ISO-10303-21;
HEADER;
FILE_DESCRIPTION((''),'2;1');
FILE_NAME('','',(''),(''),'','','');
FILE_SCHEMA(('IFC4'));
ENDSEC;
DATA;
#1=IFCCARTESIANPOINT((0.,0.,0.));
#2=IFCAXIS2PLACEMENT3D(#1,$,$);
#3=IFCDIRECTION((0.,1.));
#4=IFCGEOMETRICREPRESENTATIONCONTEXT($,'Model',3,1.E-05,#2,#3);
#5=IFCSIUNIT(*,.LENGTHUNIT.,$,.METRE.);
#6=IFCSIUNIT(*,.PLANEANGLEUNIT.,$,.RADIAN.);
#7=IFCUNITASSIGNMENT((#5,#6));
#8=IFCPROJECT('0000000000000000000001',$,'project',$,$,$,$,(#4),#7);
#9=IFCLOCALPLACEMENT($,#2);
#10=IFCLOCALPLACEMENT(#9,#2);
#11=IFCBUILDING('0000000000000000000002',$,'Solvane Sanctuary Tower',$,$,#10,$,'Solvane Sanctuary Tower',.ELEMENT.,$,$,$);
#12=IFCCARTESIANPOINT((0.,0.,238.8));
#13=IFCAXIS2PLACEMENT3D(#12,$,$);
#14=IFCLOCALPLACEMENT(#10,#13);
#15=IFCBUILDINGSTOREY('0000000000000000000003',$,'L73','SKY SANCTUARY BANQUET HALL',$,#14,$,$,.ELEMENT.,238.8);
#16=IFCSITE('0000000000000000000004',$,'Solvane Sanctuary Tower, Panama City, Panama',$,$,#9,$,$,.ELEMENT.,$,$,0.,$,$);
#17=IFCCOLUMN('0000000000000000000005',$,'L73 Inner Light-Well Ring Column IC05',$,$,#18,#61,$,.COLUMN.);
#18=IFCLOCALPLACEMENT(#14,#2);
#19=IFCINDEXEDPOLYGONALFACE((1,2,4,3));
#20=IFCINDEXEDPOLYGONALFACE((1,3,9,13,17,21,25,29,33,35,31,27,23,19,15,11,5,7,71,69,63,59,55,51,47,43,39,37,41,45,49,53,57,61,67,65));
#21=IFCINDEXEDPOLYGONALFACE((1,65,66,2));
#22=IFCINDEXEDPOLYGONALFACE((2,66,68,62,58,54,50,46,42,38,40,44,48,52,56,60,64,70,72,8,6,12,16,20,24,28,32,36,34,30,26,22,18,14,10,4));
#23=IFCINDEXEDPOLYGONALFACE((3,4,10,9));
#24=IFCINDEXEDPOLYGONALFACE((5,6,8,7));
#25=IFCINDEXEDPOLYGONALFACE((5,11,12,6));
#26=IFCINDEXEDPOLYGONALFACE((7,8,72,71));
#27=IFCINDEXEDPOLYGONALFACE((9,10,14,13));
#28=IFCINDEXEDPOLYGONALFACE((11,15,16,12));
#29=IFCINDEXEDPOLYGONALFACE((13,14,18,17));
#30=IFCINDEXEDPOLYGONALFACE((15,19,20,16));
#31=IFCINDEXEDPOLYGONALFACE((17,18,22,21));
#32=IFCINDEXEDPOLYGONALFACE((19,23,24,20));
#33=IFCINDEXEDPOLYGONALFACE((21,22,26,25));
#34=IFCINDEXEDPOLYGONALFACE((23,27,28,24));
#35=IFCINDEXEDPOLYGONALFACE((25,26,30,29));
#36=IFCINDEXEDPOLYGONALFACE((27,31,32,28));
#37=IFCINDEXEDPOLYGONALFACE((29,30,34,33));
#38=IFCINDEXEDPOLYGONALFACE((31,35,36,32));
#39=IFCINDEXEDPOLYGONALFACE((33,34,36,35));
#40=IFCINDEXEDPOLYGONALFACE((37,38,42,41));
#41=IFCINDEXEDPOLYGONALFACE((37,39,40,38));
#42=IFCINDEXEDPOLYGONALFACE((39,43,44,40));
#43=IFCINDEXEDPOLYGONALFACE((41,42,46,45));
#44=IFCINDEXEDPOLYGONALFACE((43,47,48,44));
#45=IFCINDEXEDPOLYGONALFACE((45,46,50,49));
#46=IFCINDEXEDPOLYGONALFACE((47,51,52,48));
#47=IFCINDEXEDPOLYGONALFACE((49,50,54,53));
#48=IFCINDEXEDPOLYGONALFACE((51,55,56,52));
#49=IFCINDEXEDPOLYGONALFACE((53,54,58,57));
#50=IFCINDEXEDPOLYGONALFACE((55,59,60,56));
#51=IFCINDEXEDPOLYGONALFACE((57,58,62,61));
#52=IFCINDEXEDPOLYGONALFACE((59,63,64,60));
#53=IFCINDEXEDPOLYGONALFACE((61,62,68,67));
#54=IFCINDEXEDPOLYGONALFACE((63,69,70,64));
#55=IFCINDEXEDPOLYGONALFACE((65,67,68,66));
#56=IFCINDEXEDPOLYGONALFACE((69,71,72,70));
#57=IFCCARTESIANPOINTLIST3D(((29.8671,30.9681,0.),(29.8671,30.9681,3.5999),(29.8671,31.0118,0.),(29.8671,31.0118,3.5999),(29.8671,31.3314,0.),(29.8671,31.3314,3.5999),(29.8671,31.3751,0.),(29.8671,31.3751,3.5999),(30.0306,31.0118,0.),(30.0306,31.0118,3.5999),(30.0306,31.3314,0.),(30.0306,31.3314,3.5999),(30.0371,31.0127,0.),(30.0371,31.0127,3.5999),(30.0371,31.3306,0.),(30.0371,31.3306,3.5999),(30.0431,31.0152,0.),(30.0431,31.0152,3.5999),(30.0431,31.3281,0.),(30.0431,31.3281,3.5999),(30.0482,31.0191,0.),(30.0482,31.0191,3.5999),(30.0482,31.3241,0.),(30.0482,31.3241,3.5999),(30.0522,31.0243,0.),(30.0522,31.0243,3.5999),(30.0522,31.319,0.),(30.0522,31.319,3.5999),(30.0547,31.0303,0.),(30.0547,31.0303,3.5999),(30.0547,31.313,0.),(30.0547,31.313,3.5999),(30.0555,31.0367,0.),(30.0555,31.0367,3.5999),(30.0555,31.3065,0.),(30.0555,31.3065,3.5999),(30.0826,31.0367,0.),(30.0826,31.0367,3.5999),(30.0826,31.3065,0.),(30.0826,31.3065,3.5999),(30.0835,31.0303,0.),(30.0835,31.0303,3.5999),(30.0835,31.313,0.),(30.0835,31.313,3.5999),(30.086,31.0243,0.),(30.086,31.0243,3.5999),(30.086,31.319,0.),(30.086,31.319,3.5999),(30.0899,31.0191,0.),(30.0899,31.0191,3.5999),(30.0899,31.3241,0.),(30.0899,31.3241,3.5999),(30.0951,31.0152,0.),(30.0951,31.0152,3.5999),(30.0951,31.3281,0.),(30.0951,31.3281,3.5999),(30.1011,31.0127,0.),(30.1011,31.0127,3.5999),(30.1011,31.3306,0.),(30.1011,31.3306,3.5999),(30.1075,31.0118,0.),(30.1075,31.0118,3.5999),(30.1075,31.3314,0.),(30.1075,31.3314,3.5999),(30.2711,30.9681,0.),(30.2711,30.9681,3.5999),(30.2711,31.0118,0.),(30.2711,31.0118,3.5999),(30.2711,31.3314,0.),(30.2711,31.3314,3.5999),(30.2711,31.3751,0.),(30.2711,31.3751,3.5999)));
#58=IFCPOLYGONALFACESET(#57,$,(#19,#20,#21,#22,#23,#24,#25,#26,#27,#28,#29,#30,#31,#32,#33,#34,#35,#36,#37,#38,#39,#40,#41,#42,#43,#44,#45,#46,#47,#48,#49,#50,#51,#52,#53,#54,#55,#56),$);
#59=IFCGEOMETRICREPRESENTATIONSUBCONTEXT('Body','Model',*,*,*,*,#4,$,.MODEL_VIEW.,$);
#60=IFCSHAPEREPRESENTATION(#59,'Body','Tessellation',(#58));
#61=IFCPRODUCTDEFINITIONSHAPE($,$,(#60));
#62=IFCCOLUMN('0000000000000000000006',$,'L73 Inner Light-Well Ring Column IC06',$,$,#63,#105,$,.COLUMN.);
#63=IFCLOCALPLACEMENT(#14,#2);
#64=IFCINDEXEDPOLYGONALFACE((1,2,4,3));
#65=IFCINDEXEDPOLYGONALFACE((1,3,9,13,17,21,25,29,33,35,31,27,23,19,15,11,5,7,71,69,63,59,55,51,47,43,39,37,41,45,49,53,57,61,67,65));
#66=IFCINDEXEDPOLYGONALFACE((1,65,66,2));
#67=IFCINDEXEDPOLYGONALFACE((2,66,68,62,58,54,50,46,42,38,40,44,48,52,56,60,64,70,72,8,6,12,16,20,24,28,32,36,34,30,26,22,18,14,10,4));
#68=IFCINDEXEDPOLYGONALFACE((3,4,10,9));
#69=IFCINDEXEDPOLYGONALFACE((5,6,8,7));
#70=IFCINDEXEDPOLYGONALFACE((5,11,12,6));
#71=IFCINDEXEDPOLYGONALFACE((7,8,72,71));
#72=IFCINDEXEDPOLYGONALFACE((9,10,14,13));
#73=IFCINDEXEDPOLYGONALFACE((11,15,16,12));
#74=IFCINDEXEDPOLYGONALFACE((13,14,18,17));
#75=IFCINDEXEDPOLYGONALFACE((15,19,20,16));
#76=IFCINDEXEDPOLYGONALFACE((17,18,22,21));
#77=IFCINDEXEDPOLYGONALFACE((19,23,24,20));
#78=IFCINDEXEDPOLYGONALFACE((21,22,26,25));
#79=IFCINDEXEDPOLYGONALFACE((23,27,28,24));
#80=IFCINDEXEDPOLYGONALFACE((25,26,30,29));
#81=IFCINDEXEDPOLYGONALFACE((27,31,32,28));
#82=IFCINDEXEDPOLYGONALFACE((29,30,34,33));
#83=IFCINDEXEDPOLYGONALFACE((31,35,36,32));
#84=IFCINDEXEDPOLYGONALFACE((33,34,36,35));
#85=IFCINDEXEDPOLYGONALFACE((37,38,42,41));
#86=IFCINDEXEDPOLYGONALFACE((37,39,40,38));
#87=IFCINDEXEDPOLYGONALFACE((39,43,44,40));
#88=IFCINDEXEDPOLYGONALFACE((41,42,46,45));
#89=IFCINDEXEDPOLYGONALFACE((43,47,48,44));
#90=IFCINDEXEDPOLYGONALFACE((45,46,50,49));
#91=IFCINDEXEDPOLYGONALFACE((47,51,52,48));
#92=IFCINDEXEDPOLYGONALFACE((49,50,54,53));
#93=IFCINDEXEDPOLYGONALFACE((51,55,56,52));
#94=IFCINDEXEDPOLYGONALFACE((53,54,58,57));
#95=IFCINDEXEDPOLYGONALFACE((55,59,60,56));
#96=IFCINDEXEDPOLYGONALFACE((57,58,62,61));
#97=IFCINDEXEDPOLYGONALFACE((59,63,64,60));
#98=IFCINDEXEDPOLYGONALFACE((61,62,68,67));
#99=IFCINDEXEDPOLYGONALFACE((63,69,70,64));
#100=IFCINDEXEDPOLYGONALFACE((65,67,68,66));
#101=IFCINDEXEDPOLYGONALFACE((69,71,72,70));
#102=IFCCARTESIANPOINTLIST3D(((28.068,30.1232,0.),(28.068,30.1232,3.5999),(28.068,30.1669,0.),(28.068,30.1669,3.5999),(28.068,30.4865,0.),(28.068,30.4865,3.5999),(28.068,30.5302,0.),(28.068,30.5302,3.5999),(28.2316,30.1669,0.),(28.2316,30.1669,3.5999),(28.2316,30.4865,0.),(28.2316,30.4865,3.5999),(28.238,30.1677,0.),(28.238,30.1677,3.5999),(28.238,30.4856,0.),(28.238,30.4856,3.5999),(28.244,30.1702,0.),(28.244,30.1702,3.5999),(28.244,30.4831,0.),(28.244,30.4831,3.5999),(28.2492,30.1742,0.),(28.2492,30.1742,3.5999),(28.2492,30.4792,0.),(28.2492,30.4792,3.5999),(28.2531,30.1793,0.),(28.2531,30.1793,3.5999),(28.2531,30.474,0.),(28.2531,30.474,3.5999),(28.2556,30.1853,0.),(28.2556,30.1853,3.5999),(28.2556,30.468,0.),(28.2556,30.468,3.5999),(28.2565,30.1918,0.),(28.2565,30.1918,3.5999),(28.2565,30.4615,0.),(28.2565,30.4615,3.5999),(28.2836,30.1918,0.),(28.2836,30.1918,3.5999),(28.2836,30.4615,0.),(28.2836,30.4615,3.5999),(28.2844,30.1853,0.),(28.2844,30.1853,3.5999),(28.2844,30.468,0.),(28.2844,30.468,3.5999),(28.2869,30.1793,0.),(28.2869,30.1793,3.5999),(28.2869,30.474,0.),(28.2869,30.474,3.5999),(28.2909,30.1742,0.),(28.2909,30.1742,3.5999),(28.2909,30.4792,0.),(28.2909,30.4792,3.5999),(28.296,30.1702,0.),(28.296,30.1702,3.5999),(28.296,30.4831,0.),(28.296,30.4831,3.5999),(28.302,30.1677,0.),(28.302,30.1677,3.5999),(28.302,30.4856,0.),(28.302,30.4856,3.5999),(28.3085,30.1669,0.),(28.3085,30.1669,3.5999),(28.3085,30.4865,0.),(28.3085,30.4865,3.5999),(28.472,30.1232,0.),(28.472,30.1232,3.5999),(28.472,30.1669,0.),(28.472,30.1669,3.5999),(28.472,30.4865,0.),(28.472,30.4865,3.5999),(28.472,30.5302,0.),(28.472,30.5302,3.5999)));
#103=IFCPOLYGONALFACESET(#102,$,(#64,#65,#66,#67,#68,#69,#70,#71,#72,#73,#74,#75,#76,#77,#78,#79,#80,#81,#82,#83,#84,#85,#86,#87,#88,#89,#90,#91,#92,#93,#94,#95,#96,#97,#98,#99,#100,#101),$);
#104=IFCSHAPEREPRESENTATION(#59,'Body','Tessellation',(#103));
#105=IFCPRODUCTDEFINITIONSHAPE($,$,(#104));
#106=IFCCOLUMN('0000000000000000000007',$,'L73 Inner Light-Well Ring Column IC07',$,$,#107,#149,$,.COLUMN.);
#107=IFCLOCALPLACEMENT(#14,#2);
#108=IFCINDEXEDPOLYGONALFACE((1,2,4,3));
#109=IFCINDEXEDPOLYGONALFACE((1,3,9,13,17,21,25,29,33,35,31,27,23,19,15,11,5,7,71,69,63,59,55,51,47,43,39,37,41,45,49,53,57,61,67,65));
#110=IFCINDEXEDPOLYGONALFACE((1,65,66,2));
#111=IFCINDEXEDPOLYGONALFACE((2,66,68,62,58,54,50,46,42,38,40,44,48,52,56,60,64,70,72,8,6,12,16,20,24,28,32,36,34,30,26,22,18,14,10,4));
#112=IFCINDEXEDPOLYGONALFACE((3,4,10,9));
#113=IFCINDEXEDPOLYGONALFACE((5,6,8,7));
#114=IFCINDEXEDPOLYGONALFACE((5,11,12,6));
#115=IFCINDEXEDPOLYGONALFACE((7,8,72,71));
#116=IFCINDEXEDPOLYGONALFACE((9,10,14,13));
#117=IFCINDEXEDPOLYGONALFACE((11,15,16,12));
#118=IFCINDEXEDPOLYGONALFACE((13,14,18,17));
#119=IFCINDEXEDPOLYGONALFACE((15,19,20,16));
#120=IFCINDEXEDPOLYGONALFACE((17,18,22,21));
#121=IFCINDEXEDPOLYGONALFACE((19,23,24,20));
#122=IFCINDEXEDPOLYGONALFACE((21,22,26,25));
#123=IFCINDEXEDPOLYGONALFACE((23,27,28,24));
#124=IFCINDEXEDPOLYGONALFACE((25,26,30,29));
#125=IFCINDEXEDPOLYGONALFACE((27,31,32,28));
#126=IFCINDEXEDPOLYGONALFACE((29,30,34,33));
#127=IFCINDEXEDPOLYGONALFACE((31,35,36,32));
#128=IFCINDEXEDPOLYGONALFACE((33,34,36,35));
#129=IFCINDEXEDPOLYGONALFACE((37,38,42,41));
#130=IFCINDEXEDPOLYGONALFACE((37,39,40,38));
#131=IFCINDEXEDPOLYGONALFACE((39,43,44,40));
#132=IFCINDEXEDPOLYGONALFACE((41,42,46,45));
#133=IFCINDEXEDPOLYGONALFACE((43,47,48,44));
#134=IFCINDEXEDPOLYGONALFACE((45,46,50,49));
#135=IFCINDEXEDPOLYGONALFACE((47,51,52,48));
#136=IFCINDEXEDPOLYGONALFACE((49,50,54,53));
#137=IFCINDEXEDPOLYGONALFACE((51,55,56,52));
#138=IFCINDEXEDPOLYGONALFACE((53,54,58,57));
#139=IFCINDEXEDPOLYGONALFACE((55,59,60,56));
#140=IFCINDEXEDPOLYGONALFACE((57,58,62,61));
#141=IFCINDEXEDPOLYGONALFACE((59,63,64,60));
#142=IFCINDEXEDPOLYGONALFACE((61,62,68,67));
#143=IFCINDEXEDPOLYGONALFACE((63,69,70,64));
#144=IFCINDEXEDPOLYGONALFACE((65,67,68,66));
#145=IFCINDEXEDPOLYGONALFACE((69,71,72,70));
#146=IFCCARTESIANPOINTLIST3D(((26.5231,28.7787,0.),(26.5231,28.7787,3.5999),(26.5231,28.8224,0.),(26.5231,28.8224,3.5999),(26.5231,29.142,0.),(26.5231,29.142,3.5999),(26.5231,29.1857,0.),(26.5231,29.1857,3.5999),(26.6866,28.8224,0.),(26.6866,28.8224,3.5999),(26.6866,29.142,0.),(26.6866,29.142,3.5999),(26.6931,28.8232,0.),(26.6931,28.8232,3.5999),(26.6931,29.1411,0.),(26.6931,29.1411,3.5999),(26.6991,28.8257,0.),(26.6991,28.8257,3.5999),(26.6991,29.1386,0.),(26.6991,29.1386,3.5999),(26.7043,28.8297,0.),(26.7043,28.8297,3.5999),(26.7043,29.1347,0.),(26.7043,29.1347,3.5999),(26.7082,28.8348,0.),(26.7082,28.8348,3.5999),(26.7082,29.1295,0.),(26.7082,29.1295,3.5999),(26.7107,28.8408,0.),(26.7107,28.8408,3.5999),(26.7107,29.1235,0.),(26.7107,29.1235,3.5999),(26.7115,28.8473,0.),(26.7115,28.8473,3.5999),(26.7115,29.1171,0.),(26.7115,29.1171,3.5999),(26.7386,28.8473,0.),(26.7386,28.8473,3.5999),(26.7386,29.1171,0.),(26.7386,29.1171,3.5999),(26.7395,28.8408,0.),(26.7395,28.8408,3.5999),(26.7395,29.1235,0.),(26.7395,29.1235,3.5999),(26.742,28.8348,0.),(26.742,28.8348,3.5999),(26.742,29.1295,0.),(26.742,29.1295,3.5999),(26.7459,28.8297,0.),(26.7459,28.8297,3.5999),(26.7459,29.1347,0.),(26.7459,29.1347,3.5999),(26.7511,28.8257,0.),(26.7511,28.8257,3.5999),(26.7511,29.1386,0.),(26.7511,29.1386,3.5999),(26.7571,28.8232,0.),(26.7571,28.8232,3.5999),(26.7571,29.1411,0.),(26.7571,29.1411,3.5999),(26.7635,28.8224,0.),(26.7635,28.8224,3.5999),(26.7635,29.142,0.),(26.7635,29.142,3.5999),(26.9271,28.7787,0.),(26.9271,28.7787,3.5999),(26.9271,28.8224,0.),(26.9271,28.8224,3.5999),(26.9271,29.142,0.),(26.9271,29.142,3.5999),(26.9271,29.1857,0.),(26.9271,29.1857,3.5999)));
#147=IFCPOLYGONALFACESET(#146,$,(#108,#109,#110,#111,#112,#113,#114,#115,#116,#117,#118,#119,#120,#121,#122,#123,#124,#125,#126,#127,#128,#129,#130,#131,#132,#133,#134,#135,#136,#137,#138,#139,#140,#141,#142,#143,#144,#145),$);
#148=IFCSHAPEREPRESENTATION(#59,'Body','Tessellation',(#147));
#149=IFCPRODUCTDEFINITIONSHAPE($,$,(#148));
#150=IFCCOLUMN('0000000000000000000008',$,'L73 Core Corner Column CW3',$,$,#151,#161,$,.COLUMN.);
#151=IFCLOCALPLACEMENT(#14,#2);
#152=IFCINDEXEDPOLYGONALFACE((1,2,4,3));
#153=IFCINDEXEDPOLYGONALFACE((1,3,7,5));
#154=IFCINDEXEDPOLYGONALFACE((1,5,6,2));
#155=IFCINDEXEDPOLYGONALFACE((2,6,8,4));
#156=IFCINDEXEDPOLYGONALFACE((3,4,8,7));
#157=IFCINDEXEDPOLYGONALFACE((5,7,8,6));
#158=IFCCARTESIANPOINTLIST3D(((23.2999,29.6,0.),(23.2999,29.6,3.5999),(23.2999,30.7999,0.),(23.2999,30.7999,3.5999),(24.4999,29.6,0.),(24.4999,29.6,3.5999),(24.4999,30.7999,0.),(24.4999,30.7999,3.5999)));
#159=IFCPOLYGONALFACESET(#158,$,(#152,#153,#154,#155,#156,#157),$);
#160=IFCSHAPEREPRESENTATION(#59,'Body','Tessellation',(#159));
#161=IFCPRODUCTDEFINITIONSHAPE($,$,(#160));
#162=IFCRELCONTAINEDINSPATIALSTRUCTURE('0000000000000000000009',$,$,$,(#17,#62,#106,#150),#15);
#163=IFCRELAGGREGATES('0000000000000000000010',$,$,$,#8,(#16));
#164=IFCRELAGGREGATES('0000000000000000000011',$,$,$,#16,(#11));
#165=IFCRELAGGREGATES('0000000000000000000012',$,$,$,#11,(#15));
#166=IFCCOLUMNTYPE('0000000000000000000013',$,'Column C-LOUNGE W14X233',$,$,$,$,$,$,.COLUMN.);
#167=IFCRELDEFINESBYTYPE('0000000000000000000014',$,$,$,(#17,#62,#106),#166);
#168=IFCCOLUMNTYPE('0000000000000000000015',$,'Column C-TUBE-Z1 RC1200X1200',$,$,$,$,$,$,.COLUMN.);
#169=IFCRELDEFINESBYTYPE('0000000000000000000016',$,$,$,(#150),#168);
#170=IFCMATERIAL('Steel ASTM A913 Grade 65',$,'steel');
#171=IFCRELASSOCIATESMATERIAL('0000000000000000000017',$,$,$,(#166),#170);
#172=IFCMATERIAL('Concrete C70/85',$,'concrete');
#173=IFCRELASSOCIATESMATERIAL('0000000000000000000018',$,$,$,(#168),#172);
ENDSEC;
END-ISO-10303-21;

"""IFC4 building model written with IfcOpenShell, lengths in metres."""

from ifc_helpers import new_model, si_unit, direction, frame, origin, origin_2d, place, context, subcontext, project, spatial, rectangle, i_section, extrude, material, material_profile, profile_set, type_object, element, save


model = new_model("IFC4")

# Units and contexts
model_context = context("Model", 3, precision=1e-05, world=origin(), true_north=direction((0.0, 1.0)))
body_context = subcontext(model_context, "Body", "Model", "MODEL_VIEW")
ifc_project = project(units=[si_unit("LENGTHUNIT", "METRE"), si_unit("PLANEANGLEUNIT", "RADIAN")], contexts=[model_context])

# Site, building, storey
site_placement = place(None, origin())
site = spatial("IfcSite", under=ifc_project, at=site_placement, Name="Solvane Sanctuary Tower, Panama City, Panama", CompositionType="ELEMENT", RefElevation=0.0)
building_placement = place(site_placement, origin())
building = spatial("IfcBuilding", under=site, at=building_placement, Name="Solvane Sanctuary Tower", LongName="Solvane Sanctuary Tower", CompositionType="ELEMENT")
storey_placement = place(building_placement, frame((0.0, 0.0, 238.8)))
storey = spatial("IfcBuildingStorey", under=building, at=storey_placement, Name="L73", Description="SKY SANCTUARY BANQUET HALL", CompositionType="ELEMENT", Elevation=238.8)

# Columns
ifc_material_1 = material(Name="Steel ASTM A913 Grade 65", Category="steel")
ifc_material_profile_1 = material_profile(ifc_material_1, i_section(OverallWidth=0.4041, OverallDepth=0.407, WebThickness=0.0271, FlangeThickness=0.0437, FilletRadius=0.0249, at=origin_2d()), Name="W14X233")
ifc_profile_set_1 = profile_set([ifc_material_profile_1], Name="Steel ASTM A913 Grade 65")
column_type_1 = type_object("IfcColumnType", Name="Column C-LOUNGE W14X233", PredefinedType="COLUMN", material=ifc_profile_set_1)
for number, where, z_axis, x_axis, name in (
    (1, (30.0691, 31.1716, 0.0), (0.0, 0.0, 1.0), (1.0, 0.0, 0.0), "L73 Inner Light-Well Ring Column IC05"),
    (2, (28.27, 30.3267, 0.0), (0.0, 0.0, 1.0), (1.0, 0.0, 0.0), "L73 Inner Light-Well Ring Column IC06"),
    (3, (26.7251, 28.9822, 0.0), (0.0, 0.0, 1.0), (1.0, 0.0, 0.0), "L73 Inner Light-Well Ring Column IC07"),
):
    element("IfcColumn", number, at=place(storey_placement, frame(where, z_axis=z_axis, x_axis=x_axis)), inside=storey, type_object=column_type_1, Name=name, PredefinedType="COLUMN", context=body_context, shape_type="SweptSolid", body=[
        extrude(i_section(OverallWidth=0.4041, OverallDepth=0.407, WebThickness=0.0271, FlangeThickness=0.0437, FilletRadius=0.0249, at=origin_2d()), origin(), (0.0, 0.0, 1.0), 3.5999),
    ])
ifc_material_2 = material(Name="Concrete C70/85", Category="concrete")
ifc_material_profile_2 = material_profile(ifc_material_2, rectangle(XDim=1.2, YDim=1.2, at=origin_2d()), Name="RC1200X1200")
ifc_profile_set_2 = profile_set([ifc_material_profile_2], Name="Concrete C70/85")
column_type_2 = type_object("IfcColumnType", Name="Column C-TUBE-Z1 RC1200X1200", PredefinedType="COLUMN", material=ifc_profile_set_2)
column_placement = place(storey_placement, frame((23.8999, 30.2, 0.0), z_axis=(0.0, 0.0, 1.0), x_axis=(1.0, 0.0, 0.0)))
element("IfcColumn", 4, at=column_placement, inside=storey, type_object=column_type_2, Name="L73 Core Corner Column CW3", PredefinedType="COLUMN", context=body_context, shape_type="SweptSolid", body=[
    extrude(rectangle(XDim=1.2, YDim=1.2, at=origin_2d()), origin(), (0.0, 0.0, 1.0), 3.5999),
])

save(model, "model.ifc")
